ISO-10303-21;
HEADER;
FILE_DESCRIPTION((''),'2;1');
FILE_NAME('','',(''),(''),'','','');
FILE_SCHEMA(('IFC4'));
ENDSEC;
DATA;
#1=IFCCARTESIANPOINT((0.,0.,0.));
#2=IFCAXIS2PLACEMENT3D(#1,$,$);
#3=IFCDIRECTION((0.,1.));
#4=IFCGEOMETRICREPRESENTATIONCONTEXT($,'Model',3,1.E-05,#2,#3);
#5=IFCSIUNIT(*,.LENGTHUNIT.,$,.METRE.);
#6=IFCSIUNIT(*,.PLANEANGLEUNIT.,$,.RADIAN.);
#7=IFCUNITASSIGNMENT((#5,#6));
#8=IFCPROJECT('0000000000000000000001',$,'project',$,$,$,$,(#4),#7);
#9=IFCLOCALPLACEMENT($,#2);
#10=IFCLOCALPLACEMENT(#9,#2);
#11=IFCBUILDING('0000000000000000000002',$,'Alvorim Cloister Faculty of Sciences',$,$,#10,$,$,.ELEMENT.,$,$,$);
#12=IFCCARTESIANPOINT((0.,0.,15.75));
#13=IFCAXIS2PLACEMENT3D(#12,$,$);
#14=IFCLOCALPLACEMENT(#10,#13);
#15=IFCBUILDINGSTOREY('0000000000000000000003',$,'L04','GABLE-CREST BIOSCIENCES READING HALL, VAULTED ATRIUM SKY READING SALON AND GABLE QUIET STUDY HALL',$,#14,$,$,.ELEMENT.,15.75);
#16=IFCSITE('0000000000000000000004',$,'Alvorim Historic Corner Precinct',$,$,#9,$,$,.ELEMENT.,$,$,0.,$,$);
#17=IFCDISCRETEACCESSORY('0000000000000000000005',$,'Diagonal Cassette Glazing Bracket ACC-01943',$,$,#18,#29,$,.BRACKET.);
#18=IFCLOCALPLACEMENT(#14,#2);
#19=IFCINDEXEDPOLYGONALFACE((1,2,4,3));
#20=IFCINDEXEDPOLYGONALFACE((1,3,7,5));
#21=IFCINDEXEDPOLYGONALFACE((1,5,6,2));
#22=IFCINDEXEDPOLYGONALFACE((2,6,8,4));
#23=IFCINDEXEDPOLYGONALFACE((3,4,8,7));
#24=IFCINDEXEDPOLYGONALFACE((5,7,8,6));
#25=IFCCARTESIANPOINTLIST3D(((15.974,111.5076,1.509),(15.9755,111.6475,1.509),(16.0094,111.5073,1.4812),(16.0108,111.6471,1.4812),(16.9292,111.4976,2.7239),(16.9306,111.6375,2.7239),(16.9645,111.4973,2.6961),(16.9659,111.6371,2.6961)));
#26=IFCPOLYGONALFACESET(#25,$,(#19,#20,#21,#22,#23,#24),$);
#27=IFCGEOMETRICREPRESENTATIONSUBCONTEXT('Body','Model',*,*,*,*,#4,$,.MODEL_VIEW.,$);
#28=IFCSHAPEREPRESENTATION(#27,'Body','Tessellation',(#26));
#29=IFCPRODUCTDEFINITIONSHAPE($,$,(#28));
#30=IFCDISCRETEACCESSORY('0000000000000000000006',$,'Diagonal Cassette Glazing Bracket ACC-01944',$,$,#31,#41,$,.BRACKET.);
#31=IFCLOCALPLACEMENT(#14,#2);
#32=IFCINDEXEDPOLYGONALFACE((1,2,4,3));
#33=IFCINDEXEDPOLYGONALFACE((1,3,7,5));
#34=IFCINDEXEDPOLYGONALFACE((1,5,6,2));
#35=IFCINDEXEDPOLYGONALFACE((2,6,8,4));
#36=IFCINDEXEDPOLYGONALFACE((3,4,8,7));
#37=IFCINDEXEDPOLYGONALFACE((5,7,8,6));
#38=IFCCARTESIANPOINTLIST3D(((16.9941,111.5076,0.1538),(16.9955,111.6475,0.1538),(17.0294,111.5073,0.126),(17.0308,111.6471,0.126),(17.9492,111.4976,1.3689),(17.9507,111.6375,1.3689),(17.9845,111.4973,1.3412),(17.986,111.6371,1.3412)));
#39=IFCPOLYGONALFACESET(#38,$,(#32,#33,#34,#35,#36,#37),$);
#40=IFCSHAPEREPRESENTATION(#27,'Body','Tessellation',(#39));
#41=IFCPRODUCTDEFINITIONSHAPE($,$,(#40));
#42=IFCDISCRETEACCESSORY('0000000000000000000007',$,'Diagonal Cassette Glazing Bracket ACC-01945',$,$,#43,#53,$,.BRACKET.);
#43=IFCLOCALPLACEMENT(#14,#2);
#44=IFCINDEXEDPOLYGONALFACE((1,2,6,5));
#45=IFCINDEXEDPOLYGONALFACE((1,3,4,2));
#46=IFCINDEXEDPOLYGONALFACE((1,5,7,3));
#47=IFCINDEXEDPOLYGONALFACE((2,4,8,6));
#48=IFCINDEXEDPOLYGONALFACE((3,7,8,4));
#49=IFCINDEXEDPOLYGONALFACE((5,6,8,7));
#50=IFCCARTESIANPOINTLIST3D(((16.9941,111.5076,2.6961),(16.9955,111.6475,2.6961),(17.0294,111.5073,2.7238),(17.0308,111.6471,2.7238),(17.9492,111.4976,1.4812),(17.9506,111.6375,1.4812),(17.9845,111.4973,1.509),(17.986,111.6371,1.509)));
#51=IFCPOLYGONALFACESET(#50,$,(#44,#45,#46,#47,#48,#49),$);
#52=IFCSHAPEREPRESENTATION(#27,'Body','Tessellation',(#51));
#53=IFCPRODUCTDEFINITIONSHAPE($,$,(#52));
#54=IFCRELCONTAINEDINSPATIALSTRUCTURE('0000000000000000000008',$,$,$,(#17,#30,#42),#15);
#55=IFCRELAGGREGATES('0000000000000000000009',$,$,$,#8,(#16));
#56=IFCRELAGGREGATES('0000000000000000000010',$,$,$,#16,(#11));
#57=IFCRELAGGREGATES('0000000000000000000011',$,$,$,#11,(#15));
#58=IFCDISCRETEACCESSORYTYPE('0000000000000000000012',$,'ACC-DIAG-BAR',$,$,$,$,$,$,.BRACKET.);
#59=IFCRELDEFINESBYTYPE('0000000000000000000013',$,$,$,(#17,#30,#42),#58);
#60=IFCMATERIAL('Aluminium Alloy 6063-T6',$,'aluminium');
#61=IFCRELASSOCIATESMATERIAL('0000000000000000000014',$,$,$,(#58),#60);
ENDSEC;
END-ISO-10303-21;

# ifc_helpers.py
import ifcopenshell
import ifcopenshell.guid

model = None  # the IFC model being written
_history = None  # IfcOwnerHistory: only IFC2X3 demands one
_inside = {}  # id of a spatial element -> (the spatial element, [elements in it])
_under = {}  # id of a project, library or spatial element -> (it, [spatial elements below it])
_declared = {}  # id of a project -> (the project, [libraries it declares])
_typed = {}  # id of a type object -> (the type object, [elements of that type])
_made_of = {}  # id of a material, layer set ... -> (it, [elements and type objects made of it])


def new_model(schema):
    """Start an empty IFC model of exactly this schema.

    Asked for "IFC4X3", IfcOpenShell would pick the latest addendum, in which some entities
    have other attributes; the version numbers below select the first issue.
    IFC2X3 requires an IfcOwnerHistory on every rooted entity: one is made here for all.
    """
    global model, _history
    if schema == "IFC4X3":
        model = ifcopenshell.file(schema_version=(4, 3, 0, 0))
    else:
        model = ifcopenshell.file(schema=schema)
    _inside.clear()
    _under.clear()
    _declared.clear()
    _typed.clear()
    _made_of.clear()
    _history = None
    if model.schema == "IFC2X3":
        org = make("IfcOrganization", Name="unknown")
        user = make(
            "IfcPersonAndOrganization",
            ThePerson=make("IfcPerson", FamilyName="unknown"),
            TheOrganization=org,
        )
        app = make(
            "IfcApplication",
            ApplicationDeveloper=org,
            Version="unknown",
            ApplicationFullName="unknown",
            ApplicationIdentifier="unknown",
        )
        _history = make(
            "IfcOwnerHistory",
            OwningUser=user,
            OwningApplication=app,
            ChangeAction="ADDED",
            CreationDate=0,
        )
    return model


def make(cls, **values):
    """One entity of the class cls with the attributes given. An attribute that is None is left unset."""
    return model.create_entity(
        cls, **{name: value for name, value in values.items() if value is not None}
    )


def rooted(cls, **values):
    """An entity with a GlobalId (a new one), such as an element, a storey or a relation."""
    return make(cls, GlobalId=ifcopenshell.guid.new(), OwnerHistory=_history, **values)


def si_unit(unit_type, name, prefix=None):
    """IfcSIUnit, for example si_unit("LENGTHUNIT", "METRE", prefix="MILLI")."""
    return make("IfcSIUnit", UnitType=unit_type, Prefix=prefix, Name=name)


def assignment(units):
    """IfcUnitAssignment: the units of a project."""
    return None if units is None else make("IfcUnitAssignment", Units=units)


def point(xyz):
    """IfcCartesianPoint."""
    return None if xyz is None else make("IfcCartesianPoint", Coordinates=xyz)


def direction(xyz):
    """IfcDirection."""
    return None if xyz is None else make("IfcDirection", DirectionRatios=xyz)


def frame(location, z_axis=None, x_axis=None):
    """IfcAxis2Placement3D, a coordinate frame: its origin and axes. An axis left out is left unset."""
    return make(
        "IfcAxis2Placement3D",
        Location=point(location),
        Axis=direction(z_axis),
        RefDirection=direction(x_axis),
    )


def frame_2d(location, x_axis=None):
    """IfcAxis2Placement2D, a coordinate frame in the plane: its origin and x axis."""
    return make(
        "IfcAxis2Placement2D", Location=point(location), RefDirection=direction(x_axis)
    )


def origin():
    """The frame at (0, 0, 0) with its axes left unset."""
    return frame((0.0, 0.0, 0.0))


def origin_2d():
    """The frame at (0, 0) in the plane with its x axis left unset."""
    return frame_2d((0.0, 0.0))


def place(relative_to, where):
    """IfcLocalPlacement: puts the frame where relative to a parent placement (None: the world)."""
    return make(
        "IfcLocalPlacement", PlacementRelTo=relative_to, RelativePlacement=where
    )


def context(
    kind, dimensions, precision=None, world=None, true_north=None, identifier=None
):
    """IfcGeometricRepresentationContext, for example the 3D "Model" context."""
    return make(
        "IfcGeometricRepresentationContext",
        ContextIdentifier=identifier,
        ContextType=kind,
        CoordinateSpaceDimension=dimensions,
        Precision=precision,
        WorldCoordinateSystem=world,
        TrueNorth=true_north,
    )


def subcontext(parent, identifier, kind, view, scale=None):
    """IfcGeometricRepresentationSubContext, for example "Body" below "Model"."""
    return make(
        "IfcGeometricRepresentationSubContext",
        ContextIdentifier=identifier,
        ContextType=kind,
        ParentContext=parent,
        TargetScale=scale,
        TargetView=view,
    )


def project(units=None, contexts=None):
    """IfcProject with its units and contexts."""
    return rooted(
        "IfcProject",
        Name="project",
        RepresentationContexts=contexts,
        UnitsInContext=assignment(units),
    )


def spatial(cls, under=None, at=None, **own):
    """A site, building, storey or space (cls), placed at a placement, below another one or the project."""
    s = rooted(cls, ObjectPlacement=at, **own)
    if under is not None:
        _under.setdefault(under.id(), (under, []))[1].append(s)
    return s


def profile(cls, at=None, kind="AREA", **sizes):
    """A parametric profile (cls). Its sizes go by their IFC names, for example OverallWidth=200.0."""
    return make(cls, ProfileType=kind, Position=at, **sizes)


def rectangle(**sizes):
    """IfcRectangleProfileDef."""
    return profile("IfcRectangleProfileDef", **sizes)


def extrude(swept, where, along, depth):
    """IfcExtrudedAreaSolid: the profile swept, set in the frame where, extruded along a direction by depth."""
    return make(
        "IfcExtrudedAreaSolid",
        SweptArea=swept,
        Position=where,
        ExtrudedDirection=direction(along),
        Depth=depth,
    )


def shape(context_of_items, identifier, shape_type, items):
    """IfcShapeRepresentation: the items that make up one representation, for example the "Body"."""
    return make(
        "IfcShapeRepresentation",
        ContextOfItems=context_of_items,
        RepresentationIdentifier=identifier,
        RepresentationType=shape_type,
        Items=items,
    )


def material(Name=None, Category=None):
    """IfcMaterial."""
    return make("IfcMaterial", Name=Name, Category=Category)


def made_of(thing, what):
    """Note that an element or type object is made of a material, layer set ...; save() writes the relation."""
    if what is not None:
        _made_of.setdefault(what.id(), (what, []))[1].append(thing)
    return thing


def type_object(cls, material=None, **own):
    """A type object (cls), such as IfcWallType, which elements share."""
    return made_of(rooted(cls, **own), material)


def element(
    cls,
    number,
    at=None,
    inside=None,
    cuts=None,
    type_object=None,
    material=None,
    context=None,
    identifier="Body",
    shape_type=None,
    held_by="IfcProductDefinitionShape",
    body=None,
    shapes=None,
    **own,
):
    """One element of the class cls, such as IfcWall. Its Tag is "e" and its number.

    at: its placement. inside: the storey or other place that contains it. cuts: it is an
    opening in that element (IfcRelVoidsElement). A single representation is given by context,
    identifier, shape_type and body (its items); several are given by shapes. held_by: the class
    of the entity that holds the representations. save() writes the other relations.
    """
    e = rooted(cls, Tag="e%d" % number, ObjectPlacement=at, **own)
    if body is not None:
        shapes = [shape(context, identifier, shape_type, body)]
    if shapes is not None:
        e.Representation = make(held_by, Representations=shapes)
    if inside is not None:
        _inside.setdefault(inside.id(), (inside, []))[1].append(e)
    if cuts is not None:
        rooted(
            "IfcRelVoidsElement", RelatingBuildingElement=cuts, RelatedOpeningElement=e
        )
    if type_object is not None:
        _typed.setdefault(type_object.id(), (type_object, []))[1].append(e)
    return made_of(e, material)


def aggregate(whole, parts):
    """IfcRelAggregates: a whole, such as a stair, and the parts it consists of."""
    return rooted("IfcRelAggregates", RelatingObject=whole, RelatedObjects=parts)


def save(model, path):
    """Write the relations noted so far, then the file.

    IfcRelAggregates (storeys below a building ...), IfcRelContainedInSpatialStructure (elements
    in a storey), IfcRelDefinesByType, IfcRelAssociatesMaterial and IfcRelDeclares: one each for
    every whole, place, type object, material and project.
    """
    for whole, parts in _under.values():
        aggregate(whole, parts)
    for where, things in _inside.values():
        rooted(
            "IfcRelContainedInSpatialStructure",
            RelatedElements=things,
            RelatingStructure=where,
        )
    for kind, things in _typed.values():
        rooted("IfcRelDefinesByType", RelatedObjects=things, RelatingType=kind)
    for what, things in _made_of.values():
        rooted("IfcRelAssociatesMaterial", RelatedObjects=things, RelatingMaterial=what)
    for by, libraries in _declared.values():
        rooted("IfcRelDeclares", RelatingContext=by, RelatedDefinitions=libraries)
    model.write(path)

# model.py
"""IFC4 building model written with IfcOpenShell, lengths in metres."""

from ifc_helpers import new_model, si_unit, direction, frame, origin, origin_2d, place, context, subcontext, project, spatial, rectangle, extrude, material, type_object, element, save


model = new_model("IFC4")

# Units and contexts
model_context = context("Model", 3, precision=1e-05, world=origin(), true_north=direction((0.0, 1.0)))
body_context = subcontext(model_context, "Body", "Model", "MODEL_VIEW")
ifc_project = project(units=[si_unit("LENGTHUNIT", "METRE"), si_unit("PLANEANGLEUNIT", "RADIAN")], contexts=[model_context])

# Site, building, storey
site_placement = place(None, origin())
site = spatial("IfcSite", under=ifc_project, at=site_placement, Name="Alvorim Historic Corner Precinct", CompositionType="ELEMENT", RefElevation=0.0)
building_placement = place(site_placement, origin())
building = spatial("IfcBuilding", under=site, at=building_placement, Name="Alvorim Cloister Faculty of Sciences", CompositionType="ELEMENT")
storey_placement = place(building_placement, frame((0.0, 0.0, 15.75)))
storey = spatial("IfcBuildingStorey", under=building, at=storey_placement, Name="L04", Description="GABLE-CREST BIOSCIENCES READING HALL, VAULTED ATRIUM SKY READING SALON AND GABLE QUIET STUDY HALL", CompositionType="ELEMENT", Elevation=15.75)

# Shared definitions
ifc_material_1 = material(Name="Aluminium Alloy 6063-T6", Category="aluminium")

# Discrete accessories
discrete_accessory_type = type_object("IfcDiscreteAccessoryType", Name="ACC-DIAG-BAR", PredefinedType="BRACKET", material=ifc_material_1)
discrete_accessory_1_placement = place(storey_placement, frame((15.9924, 111.5774, 1.4951), z_axis=(0.618032, -0.006477, 0.786126), x_axis=(0.01048, 0.999945, 0.0)))
element("IfcDiscreteAccessory", 1, at=discrete_accessory_1_placement, inside=storey, type_object=discrete_accessory_type, Name="Diagonal Cassette Glazing Bracket ACC-01943", PredefinedType="BRACKET", context=body_context, shape_type="SweptSolid", body=[
    extrude(rectangle(XDim=0.1399, YDim=0.0449, at=origin_2d()), origin(), (0.0, 0.0, 1.0), 1.5454),
])
discrete_accessory_2_placement = place(storey_placement, frame((17.0125, 111.5774, 0.1399), z_axis=(0.617955, -0.006477, 0.786187), x_axis=(0.01048, 0.999945, 0.0)))
element("IfcDiscreteAccessory", 2, at=discrete_accessory_2_placement, inside=storey, type_object=discrete_accessory_type, Name="Diagonal Cassette Glazing Bracket ACC-01944", PredefinedType="BRACKET", context=body_context, shape_type="SweptSolid", body=[
    extrude(rectangle(XDim=0.1399, YDim=0.0449, at=origin_2d()), origin(), (0.0, 0.0, 1.0), 1.5457),
])
discrete_accessory_3_placement = place(storey_placement, frame((17.0125, 111.5774, 2.71), z_axis=(0.618032, -0.006477, -0.786126), x_axis=(0.01048, 0.999945, 0.0)))
element("IfcDiscreteAccessory", 3, at=discrete_accessory_3_placement, inside=storey, type_object=discrete_accessory_type, Name="Diagonal Cassette Glazing Bracket ACC-01945", PredefinedType="BRACKET", context=body_context, shape_type="SweptSolid", body=[
    extrude(rectangle(XDim=0.1399, YDim=0.0449, at=origin_2d()), origin(), (0.0, 0.0, 1.0), 1.5454),
])

save(model, "model.ifc")
